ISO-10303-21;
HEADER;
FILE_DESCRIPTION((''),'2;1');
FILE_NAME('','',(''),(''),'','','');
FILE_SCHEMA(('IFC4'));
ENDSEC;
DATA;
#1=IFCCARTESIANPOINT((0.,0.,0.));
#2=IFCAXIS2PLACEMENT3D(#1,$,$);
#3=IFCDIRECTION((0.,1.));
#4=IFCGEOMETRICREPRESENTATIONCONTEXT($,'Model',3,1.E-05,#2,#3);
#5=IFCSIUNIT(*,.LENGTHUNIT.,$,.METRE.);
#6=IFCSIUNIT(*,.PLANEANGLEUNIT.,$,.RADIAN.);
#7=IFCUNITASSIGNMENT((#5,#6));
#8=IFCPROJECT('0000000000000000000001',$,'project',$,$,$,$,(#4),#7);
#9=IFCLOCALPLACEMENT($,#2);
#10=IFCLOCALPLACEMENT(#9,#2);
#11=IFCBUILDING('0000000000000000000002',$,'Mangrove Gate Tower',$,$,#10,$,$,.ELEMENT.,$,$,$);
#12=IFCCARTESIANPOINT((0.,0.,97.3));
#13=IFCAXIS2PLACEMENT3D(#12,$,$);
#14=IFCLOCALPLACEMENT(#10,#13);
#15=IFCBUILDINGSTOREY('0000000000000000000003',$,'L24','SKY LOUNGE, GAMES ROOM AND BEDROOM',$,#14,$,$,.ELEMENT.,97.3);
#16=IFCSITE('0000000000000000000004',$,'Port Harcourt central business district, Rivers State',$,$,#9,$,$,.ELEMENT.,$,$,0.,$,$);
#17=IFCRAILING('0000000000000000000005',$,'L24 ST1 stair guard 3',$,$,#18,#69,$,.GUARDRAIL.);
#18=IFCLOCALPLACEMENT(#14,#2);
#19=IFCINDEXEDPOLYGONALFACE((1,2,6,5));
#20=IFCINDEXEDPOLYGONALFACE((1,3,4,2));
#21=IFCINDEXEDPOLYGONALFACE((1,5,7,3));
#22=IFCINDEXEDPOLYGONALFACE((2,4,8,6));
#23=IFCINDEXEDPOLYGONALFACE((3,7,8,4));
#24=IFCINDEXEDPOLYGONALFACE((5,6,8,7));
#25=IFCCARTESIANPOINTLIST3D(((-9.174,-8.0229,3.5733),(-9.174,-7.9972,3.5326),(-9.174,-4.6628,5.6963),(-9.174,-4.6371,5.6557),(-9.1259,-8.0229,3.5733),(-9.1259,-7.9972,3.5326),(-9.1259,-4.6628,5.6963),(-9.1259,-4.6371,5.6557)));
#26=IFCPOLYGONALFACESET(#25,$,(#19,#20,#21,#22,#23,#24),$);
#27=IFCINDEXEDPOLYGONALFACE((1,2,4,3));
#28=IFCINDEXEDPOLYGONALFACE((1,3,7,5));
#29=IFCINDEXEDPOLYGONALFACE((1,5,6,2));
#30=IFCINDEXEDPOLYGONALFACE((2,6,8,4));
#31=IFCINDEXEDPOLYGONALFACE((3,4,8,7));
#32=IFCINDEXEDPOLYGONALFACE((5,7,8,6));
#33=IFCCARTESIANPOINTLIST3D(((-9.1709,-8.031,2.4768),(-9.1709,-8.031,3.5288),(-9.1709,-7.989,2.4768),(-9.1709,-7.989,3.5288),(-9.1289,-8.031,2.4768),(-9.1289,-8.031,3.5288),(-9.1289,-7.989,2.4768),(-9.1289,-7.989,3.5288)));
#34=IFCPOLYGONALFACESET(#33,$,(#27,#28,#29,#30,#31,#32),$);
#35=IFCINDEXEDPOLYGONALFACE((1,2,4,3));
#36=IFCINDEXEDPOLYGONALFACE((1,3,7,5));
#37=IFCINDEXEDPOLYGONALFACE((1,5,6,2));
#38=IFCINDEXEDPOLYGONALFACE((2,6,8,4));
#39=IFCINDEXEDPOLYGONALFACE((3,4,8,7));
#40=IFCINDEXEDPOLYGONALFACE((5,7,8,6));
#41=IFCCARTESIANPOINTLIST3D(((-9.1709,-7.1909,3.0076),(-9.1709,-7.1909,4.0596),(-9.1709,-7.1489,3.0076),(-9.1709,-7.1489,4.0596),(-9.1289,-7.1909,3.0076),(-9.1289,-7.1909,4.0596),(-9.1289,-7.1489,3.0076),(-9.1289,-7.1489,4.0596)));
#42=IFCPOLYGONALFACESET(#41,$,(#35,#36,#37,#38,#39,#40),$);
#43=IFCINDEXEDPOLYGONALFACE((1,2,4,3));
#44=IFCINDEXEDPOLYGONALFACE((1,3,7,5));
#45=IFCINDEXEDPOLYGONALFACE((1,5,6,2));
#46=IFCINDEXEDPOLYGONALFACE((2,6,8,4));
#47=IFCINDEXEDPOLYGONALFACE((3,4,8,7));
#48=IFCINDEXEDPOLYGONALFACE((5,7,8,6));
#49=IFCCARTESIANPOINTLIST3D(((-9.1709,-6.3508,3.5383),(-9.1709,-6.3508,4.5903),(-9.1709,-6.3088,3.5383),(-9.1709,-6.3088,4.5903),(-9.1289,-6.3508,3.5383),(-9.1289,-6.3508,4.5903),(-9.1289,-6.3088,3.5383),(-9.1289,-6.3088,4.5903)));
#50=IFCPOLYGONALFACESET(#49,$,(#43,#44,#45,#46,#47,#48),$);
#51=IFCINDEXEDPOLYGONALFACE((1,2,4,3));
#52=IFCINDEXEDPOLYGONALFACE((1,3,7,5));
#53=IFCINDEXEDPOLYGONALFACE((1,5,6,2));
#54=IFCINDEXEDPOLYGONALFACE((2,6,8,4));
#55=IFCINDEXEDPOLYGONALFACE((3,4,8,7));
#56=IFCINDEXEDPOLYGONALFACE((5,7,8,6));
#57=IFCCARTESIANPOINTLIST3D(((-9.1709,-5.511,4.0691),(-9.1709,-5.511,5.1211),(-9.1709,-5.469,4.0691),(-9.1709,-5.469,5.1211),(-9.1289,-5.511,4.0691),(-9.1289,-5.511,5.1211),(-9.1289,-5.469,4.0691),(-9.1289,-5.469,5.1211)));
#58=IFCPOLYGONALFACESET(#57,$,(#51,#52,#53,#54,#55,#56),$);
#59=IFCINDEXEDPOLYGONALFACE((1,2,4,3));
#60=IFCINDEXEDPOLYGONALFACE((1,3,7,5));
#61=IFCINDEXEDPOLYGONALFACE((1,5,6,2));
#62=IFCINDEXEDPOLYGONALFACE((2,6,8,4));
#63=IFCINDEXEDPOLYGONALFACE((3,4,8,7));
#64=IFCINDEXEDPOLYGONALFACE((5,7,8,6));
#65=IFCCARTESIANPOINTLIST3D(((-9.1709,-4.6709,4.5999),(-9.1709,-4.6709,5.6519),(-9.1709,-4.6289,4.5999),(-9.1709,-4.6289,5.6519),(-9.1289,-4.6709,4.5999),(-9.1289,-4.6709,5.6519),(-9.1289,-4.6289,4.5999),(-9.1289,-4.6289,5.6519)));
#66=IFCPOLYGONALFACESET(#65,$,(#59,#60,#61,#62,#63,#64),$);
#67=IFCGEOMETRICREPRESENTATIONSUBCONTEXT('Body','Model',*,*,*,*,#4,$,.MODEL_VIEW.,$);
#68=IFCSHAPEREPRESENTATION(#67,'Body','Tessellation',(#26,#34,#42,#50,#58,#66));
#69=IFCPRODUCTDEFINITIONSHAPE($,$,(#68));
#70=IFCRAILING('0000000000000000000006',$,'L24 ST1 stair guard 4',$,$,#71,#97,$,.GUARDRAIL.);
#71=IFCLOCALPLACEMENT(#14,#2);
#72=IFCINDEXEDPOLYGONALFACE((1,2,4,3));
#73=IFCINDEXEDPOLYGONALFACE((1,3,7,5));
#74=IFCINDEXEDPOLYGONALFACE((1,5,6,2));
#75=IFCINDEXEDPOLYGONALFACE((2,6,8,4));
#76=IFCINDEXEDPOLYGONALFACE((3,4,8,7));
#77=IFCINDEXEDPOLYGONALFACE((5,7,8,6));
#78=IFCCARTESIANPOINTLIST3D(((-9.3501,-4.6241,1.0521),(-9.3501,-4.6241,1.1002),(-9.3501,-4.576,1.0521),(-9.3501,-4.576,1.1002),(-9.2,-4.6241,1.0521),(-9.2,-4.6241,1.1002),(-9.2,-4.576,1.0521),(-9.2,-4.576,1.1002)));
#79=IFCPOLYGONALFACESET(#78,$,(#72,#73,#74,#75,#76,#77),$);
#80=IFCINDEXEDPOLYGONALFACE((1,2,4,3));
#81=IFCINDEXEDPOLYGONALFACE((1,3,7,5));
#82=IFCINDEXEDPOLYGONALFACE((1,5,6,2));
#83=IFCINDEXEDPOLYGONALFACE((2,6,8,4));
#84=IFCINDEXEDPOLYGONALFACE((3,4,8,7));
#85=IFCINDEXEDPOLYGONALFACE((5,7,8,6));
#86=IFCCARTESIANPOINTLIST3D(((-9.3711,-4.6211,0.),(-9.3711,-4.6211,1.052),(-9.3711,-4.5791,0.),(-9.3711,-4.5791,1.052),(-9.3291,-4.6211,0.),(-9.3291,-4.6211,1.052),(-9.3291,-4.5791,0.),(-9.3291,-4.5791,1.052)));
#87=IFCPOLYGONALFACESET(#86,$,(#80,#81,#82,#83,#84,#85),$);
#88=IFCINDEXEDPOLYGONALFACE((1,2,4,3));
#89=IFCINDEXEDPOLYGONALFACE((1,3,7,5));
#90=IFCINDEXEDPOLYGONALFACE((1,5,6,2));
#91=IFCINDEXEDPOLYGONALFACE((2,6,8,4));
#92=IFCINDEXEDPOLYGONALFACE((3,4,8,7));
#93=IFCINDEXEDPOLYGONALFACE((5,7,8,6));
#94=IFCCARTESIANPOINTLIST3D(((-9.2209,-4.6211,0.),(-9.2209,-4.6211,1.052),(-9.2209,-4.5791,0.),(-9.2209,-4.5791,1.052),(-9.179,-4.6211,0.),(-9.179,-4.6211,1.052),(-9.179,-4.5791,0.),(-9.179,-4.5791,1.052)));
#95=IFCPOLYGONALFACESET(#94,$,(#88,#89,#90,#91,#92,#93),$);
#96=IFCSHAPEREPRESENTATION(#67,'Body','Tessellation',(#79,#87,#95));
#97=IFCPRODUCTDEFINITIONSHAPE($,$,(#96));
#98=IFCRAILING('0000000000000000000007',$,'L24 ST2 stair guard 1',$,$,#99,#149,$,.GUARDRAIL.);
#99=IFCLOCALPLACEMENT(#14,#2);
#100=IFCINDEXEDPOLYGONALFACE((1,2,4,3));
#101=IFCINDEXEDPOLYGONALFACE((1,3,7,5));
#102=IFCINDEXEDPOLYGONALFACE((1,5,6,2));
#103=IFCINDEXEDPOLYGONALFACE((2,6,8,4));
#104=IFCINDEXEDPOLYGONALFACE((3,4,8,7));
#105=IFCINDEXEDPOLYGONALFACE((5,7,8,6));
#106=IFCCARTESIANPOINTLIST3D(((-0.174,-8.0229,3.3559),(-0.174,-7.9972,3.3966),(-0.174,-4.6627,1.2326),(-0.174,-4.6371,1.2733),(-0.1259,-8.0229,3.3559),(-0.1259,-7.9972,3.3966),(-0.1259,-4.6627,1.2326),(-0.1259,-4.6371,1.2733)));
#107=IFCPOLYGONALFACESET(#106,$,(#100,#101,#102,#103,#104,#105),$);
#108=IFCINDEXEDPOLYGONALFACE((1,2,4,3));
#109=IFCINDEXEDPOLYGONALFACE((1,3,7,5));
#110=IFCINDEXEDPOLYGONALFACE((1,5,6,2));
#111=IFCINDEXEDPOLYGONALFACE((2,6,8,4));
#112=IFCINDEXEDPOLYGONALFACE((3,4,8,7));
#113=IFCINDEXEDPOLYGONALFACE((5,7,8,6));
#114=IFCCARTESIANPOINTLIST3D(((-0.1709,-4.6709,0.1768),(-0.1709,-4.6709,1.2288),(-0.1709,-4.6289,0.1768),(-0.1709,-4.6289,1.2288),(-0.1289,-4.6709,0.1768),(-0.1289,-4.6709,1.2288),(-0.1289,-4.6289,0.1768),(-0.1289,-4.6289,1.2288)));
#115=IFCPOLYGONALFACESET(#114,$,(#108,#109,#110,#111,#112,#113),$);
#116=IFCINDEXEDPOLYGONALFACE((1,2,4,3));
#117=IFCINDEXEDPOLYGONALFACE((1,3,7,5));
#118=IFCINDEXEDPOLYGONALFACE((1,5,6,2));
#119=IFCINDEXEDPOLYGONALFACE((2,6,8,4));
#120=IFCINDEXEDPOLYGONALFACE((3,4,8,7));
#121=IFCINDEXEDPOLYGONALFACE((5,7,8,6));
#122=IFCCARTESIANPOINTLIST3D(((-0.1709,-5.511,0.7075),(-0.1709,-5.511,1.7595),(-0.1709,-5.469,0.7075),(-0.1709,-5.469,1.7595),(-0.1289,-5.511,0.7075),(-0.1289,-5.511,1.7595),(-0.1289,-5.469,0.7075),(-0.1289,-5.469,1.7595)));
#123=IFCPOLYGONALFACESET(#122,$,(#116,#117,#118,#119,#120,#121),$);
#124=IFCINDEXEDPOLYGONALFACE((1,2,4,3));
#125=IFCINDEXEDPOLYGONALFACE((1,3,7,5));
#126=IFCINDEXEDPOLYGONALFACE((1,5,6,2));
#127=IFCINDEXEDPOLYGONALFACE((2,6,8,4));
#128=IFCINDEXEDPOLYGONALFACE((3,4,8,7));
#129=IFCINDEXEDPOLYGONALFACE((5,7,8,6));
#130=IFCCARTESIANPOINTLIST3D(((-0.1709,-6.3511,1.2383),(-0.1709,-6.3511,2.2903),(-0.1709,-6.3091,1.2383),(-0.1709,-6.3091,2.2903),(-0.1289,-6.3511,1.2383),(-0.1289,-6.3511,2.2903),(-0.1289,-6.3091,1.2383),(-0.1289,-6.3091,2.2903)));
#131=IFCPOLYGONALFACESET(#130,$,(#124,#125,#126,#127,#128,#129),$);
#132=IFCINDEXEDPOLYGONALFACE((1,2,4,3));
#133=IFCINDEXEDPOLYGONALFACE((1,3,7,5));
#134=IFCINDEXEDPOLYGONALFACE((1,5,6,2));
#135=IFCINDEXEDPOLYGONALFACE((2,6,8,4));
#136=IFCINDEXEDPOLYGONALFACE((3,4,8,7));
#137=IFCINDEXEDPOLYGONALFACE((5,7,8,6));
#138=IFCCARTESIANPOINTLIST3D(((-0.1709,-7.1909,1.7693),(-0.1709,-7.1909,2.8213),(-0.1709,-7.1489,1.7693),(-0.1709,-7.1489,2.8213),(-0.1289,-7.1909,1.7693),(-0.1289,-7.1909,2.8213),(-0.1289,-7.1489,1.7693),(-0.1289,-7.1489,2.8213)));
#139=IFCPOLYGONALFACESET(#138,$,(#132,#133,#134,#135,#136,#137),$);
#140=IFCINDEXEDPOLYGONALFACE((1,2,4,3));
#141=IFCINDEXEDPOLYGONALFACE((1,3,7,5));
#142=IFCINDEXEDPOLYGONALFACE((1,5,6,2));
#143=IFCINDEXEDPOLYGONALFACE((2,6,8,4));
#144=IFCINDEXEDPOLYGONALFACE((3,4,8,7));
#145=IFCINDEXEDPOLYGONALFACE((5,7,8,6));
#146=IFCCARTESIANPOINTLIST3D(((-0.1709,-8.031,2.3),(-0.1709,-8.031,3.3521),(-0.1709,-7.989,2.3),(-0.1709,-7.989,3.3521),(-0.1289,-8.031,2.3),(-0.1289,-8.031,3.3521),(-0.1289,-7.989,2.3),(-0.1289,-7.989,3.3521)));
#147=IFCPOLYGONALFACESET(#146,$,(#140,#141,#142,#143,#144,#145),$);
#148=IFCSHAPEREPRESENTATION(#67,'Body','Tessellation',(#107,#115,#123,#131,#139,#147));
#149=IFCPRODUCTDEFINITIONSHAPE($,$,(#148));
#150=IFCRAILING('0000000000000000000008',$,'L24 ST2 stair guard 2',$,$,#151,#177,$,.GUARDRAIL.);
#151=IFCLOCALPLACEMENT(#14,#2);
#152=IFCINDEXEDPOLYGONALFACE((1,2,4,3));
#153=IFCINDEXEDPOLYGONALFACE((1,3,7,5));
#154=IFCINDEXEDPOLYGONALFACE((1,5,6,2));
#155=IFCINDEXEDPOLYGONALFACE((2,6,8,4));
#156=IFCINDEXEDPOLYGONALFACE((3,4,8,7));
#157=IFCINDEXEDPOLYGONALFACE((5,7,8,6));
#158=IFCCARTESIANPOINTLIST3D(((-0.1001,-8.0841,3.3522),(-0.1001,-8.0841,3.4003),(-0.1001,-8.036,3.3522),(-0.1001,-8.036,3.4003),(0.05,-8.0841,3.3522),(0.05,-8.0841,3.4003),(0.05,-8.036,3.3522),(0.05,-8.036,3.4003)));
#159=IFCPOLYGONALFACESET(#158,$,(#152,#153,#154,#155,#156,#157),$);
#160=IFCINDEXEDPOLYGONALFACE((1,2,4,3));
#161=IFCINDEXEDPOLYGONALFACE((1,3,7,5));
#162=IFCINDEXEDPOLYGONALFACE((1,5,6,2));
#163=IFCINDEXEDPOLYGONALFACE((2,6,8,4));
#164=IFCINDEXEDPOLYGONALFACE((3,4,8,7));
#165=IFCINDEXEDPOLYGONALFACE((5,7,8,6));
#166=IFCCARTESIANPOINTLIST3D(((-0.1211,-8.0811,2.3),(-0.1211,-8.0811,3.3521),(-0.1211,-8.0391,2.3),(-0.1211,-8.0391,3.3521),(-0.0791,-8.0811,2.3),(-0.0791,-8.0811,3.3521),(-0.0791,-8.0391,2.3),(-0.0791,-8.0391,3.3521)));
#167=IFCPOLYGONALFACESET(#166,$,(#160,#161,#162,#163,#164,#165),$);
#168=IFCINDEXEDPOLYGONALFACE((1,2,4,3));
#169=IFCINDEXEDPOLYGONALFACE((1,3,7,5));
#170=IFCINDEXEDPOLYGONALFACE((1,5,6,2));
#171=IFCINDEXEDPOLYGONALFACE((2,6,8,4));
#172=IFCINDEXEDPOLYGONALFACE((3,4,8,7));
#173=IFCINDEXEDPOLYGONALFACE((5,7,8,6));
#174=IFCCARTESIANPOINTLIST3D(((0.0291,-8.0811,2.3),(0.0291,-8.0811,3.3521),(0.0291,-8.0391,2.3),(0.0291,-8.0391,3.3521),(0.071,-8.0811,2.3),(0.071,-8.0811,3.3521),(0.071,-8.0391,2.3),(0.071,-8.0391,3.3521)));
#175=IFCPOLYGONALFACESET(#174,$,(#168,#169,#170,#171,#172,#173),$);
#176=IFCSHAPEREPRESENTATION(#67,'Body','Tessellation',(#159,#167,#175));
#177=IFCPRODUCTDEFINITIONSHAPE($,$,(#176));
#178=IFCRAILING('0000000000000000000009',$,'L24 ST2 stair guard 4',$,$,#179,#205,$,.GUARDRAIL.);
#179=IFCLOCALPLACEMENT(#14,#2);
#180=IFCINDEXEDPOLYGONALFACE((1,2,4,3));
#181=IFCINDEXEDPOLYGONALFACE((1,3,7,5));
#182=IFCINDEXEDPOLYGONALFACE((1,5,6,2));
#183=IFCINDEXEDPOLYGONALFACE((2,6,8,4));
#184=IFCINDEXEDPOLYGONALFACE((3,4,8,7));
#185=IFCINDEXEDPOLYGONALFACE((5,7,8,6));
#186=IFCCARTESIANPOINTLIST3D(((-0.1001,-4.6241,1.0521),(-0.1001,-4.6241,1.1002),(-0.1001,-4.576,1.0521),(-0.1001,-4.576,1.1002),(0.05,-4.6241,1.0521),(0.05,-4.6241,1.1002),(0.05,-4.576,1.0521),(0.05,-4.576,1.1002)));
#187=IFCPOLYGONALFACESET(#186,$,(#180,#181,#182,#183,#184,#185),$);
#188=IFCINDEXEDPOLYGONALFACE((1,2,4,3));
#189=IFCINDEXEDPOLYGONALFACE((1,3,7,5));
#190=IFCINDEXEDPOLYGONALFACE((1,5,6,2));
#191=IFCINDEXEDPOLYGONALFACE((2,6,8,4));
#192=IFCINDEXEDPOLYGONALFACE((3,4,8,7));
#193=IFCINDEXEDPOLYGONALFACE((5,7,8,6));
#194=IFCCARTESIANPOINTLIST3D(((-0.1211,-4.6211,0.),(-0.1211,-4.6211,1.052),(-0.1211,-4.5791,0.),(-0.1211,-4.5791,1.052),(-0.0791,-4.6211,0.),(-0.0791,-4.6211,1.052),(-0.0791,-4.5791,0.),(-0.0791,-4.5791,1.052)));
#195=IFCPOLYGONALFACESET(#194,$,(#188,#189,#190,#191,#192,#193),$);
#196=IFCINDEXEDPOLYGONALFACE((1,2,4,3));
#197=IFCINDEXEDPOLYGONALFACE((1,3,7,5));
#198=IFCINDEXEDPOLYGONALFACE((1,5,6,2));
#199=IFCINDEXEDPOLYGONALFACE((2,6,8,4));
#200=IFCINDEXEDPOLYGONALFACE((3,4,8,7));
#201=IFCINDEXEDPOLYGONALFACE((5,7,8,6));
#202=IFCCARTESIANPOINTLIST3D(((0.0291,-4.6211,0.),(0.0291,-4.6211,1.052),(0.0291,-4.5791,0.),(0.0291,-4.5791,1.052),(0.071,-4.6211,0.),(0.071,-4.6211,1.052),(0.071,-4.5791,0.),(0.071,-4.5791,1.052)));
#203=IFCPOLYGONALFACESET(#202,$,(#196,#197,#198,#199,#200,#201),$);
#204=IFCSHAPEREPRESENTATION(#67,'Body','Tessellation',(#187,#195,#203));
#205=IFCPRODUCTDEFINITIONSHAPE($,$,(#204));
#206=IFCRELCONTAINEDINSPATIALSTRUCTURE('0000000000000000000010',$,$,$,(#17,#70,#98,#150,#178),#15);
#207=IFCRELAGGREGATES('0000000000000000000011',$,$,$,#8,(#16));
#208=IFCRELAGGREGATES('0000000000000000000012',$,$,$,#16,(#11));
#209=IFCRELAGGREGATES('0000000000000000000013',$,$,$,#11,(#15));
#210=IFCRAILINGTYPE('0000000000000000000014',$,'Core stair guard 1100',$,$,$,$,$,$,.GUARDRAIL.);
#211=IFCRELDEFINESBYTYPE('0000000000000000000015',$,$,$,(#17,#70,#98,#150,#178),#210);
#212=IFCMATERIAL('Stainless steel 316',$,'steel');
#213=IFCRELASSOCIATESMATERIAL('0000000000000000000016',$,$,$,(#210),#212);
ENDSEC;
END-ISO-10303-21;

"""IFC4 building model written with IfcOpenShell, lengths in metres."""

from ifc_helpers import new_model, si_unit, direction, frame, origin, origin_2d, place, context, subcontext, project, spatial, rectangle, extrude, material, type_object, element, save


model = new_model("IFC4")

# Units and contexts
model_context = context("Model", 3, precision=1e-05, world=origin(), true_north=direction((0.0, 1.0)))
body_context = subcontext(model_context, "Body", "Model", "MODEL_VIEW")
ifc_project = project(units=[si_unit("LENGTHUNIT", "METRE"), si_unit("PLANEANGLEUNIT", "RADIAN")], contexts=[model_context])

# Site, building, storey
site_placement = place(None, origin())
site = spatial("IfcSite", under=ifc_project, at=site_placement, Name="Port Harcourt central business district, Rivers State", CompositionType="ELEMENT", RefElevation=0.0)
building_placement = place(site_placement, origin())
building = spatial("IfcBuilding", under=site, at=building_placement, Name="Mangrove Gate Tower", CompositionType="ELEMENT")
storey_placement = place(building_placement, frame((0.0, 0.0, 97.3)))
storey = spatial("IfcBuildingStorey", under=building, at=storey_placement, Name="L24", Description="SKY LOUNGE, GAMES ROOM AND BEDROOM", CompositionType="ELEMENT", Elevation=97.3)

# Railings
ifc_material_1 = material(Name="Stainless steel 316", Category="steel")
railing_type_1 = type_object("IfcRailingType", Name="Core stair guard 1100", PredefinedType="GUARDRAIL", material=ifc_material_1)
railing_1_placement = place(storey_placement, frame((-9.1499, -8.01, 2.4768)))
element("IfcRailing", 1, at=railing_1_placement, inside=storey, type_object=railing_type_1, Name="L24 ST1 stair guard 3", PredefinedType="GUARDRAIL", context=body_context, shape_type="SweptSolid", body=[
    extrude(rectangle(XDim=0.0481, YDim=0.0481, at=origin_2d()), frame((0.0, 0.0, 1.0762), z_axis=(0.0, 0.84539, 0.53415), x_axis=(-1.0, 0.0, 0.0)), (0.0, 0.0, 1.0), 3.9746),
    extrude(rectangle(XDim=0.042, YDim=0.042, at=origin_2d()), origin(), (0.0, 0.0, 1.0), 1.052),
    extrude(rectangle(XDim=0.042, YDim=0.042, at=origin_2d()), frame((0.0, 0.8401, 0.5308)), (0.0, 0.0, 1.0), 1.052),
    extrude(rectangle(XDim=0.042, YDim=0.042, at=origin_2d()), frame((0.0, 1.6802, 1.0615)), (0.0, 0.0, 1.0), 1.052),
    extrude(rectangle(XDim=0.042, YDim=0.042, at=origin_2d()), frame((0.0, 2.52, 1.5923)), (0.0, 0.0, 1.0), 1.052),
    extrude(rectangle(XDim=0.042, YDim=0.042, at=origin_2d()), frame((0.0, 3.3601, 2.123)), (0.0, 0.0, 1.0), 1.052),
])
railing_2_placement = place(storey_placement, frame((-9.3501, -4.6001, 0.0)))
element("IfcRailing", 2, at=railing_2_placement, inside=storey, type_object=railing_type_1, Name="L24 ST1 stair guard 4", PredefinedType="GUARDRAIL", context=body_context, shape_type="SweptSolid", body=[
    extrude(rectangle(XDim=0.0481, YDim=0.0481, at=origin_2d()), frame((0.0, 0.0, 1.0762), z_axis=(1.0, 0.0, 0.0), x_axis=(0.0, 1.0, 0.0)), (0.0, 0.0, 1.0), 0.1501),
    extrude(rectangle(XDim=0.042, YDim=0.042, at=origin_2d()), origin(), (0.0, 0.0, 1.0), 1.052),
    extrude(rectangle(XDim=0.042, YDim=0.042, at=origin_2d()), frame((0.1501, 0.0, 0.0)), (0.0, 0.0, 1.0), 1.052),
])
railing_3_placement = place(storey_placement, frame((-0.1499, -4.6499, 0.1768)))
element("IfcRailing", 3, at=railing_3_placement, inside=storey, type_object=railing_type_1, Name="L24 ST2 stair guard 1", PredefinedType="GUARDRAIL", context=body_context, shape_type="SweptSolid", body=[
    extrude(rectangle(XDim=0.0481, YDim=0.0481, at=origin_2d()), frame((0.0, 0.0, 1.0762), z_axis=(0.0, -0.845362, 0.534194), x_axis=(1.0, 0.0, 0.0)), (0.0, 0.0, 1.0), 3.9749),
    extrude(rectangle(XDim=0.042, YDim=0.042, at=origin_2d()), origin(), (0.0, 0.0, 1.0), 1.052),
    extrude(rectangle(XDim=0.042, YDim=0.042, at=origin_2d()), frame((0.0, -0.8401, 0.5308)), (0.0, 0.0, 1.0), 1.052),
    extrude(rectangle(XDim=0.042, YDim=0.042, at=origin_2d()), frame((0.0, -1.6802, 1.0615)), (0.0, 0.0, 1.0), 1.052),
    extrude(rectangle(XDim=0.042, YDim=0.042, at=origin_2d()), frame((0.0, -2.52, 1.5925)), (0.0, 0.0, 1.0), 1.052),
    extrude(rectangle(XDim=0.042, YDim=0.042, at=origin_2d()), frame((0.0, -3.3601, 2.1233)), (0.0, 0.0, 1.0), 1.052),
])
for number, where, name in (
    (4, (-0.1001, -8.0601, 2.3), "L24 ST2 stair guard 2"),
    (5, (-0.1001, -4.6001, 0.0), "L24 ST2 stair guard 4"),
):
    element("IfcRailing", number, at=place(storey_placement, frame(where)), inside=storey, type_object=railing_type_1, Name=name, PredefinedType="GUARDRAIL", context=body_context, shape_type="SweptSolid", body=[
        extrude(rectangle(XDim=0.0481, YDim=0.0481, at=origin_2d()), frame((0.0, 0.0, 1.0762), z_axis=(1.0, 0.0, 0.0), x_axis=(0.0, 1.0, 0.0)), (0.0, 0.0, 1.0), 0.1501),
        extrude(rectangle(XDim=0.042, YDim=0.042, at=origin_2d()), origin(), (0.0, 0.0, 1.0), 1.052),
        extrude(rectangle(XDim=0.042, YDim=0.042, at=origin_2d()), frame((0.1501, 0.0, 0.0)), (0.0, 0.0, 1.0), 1.052),
    ])

save(model, "model.ifc")
